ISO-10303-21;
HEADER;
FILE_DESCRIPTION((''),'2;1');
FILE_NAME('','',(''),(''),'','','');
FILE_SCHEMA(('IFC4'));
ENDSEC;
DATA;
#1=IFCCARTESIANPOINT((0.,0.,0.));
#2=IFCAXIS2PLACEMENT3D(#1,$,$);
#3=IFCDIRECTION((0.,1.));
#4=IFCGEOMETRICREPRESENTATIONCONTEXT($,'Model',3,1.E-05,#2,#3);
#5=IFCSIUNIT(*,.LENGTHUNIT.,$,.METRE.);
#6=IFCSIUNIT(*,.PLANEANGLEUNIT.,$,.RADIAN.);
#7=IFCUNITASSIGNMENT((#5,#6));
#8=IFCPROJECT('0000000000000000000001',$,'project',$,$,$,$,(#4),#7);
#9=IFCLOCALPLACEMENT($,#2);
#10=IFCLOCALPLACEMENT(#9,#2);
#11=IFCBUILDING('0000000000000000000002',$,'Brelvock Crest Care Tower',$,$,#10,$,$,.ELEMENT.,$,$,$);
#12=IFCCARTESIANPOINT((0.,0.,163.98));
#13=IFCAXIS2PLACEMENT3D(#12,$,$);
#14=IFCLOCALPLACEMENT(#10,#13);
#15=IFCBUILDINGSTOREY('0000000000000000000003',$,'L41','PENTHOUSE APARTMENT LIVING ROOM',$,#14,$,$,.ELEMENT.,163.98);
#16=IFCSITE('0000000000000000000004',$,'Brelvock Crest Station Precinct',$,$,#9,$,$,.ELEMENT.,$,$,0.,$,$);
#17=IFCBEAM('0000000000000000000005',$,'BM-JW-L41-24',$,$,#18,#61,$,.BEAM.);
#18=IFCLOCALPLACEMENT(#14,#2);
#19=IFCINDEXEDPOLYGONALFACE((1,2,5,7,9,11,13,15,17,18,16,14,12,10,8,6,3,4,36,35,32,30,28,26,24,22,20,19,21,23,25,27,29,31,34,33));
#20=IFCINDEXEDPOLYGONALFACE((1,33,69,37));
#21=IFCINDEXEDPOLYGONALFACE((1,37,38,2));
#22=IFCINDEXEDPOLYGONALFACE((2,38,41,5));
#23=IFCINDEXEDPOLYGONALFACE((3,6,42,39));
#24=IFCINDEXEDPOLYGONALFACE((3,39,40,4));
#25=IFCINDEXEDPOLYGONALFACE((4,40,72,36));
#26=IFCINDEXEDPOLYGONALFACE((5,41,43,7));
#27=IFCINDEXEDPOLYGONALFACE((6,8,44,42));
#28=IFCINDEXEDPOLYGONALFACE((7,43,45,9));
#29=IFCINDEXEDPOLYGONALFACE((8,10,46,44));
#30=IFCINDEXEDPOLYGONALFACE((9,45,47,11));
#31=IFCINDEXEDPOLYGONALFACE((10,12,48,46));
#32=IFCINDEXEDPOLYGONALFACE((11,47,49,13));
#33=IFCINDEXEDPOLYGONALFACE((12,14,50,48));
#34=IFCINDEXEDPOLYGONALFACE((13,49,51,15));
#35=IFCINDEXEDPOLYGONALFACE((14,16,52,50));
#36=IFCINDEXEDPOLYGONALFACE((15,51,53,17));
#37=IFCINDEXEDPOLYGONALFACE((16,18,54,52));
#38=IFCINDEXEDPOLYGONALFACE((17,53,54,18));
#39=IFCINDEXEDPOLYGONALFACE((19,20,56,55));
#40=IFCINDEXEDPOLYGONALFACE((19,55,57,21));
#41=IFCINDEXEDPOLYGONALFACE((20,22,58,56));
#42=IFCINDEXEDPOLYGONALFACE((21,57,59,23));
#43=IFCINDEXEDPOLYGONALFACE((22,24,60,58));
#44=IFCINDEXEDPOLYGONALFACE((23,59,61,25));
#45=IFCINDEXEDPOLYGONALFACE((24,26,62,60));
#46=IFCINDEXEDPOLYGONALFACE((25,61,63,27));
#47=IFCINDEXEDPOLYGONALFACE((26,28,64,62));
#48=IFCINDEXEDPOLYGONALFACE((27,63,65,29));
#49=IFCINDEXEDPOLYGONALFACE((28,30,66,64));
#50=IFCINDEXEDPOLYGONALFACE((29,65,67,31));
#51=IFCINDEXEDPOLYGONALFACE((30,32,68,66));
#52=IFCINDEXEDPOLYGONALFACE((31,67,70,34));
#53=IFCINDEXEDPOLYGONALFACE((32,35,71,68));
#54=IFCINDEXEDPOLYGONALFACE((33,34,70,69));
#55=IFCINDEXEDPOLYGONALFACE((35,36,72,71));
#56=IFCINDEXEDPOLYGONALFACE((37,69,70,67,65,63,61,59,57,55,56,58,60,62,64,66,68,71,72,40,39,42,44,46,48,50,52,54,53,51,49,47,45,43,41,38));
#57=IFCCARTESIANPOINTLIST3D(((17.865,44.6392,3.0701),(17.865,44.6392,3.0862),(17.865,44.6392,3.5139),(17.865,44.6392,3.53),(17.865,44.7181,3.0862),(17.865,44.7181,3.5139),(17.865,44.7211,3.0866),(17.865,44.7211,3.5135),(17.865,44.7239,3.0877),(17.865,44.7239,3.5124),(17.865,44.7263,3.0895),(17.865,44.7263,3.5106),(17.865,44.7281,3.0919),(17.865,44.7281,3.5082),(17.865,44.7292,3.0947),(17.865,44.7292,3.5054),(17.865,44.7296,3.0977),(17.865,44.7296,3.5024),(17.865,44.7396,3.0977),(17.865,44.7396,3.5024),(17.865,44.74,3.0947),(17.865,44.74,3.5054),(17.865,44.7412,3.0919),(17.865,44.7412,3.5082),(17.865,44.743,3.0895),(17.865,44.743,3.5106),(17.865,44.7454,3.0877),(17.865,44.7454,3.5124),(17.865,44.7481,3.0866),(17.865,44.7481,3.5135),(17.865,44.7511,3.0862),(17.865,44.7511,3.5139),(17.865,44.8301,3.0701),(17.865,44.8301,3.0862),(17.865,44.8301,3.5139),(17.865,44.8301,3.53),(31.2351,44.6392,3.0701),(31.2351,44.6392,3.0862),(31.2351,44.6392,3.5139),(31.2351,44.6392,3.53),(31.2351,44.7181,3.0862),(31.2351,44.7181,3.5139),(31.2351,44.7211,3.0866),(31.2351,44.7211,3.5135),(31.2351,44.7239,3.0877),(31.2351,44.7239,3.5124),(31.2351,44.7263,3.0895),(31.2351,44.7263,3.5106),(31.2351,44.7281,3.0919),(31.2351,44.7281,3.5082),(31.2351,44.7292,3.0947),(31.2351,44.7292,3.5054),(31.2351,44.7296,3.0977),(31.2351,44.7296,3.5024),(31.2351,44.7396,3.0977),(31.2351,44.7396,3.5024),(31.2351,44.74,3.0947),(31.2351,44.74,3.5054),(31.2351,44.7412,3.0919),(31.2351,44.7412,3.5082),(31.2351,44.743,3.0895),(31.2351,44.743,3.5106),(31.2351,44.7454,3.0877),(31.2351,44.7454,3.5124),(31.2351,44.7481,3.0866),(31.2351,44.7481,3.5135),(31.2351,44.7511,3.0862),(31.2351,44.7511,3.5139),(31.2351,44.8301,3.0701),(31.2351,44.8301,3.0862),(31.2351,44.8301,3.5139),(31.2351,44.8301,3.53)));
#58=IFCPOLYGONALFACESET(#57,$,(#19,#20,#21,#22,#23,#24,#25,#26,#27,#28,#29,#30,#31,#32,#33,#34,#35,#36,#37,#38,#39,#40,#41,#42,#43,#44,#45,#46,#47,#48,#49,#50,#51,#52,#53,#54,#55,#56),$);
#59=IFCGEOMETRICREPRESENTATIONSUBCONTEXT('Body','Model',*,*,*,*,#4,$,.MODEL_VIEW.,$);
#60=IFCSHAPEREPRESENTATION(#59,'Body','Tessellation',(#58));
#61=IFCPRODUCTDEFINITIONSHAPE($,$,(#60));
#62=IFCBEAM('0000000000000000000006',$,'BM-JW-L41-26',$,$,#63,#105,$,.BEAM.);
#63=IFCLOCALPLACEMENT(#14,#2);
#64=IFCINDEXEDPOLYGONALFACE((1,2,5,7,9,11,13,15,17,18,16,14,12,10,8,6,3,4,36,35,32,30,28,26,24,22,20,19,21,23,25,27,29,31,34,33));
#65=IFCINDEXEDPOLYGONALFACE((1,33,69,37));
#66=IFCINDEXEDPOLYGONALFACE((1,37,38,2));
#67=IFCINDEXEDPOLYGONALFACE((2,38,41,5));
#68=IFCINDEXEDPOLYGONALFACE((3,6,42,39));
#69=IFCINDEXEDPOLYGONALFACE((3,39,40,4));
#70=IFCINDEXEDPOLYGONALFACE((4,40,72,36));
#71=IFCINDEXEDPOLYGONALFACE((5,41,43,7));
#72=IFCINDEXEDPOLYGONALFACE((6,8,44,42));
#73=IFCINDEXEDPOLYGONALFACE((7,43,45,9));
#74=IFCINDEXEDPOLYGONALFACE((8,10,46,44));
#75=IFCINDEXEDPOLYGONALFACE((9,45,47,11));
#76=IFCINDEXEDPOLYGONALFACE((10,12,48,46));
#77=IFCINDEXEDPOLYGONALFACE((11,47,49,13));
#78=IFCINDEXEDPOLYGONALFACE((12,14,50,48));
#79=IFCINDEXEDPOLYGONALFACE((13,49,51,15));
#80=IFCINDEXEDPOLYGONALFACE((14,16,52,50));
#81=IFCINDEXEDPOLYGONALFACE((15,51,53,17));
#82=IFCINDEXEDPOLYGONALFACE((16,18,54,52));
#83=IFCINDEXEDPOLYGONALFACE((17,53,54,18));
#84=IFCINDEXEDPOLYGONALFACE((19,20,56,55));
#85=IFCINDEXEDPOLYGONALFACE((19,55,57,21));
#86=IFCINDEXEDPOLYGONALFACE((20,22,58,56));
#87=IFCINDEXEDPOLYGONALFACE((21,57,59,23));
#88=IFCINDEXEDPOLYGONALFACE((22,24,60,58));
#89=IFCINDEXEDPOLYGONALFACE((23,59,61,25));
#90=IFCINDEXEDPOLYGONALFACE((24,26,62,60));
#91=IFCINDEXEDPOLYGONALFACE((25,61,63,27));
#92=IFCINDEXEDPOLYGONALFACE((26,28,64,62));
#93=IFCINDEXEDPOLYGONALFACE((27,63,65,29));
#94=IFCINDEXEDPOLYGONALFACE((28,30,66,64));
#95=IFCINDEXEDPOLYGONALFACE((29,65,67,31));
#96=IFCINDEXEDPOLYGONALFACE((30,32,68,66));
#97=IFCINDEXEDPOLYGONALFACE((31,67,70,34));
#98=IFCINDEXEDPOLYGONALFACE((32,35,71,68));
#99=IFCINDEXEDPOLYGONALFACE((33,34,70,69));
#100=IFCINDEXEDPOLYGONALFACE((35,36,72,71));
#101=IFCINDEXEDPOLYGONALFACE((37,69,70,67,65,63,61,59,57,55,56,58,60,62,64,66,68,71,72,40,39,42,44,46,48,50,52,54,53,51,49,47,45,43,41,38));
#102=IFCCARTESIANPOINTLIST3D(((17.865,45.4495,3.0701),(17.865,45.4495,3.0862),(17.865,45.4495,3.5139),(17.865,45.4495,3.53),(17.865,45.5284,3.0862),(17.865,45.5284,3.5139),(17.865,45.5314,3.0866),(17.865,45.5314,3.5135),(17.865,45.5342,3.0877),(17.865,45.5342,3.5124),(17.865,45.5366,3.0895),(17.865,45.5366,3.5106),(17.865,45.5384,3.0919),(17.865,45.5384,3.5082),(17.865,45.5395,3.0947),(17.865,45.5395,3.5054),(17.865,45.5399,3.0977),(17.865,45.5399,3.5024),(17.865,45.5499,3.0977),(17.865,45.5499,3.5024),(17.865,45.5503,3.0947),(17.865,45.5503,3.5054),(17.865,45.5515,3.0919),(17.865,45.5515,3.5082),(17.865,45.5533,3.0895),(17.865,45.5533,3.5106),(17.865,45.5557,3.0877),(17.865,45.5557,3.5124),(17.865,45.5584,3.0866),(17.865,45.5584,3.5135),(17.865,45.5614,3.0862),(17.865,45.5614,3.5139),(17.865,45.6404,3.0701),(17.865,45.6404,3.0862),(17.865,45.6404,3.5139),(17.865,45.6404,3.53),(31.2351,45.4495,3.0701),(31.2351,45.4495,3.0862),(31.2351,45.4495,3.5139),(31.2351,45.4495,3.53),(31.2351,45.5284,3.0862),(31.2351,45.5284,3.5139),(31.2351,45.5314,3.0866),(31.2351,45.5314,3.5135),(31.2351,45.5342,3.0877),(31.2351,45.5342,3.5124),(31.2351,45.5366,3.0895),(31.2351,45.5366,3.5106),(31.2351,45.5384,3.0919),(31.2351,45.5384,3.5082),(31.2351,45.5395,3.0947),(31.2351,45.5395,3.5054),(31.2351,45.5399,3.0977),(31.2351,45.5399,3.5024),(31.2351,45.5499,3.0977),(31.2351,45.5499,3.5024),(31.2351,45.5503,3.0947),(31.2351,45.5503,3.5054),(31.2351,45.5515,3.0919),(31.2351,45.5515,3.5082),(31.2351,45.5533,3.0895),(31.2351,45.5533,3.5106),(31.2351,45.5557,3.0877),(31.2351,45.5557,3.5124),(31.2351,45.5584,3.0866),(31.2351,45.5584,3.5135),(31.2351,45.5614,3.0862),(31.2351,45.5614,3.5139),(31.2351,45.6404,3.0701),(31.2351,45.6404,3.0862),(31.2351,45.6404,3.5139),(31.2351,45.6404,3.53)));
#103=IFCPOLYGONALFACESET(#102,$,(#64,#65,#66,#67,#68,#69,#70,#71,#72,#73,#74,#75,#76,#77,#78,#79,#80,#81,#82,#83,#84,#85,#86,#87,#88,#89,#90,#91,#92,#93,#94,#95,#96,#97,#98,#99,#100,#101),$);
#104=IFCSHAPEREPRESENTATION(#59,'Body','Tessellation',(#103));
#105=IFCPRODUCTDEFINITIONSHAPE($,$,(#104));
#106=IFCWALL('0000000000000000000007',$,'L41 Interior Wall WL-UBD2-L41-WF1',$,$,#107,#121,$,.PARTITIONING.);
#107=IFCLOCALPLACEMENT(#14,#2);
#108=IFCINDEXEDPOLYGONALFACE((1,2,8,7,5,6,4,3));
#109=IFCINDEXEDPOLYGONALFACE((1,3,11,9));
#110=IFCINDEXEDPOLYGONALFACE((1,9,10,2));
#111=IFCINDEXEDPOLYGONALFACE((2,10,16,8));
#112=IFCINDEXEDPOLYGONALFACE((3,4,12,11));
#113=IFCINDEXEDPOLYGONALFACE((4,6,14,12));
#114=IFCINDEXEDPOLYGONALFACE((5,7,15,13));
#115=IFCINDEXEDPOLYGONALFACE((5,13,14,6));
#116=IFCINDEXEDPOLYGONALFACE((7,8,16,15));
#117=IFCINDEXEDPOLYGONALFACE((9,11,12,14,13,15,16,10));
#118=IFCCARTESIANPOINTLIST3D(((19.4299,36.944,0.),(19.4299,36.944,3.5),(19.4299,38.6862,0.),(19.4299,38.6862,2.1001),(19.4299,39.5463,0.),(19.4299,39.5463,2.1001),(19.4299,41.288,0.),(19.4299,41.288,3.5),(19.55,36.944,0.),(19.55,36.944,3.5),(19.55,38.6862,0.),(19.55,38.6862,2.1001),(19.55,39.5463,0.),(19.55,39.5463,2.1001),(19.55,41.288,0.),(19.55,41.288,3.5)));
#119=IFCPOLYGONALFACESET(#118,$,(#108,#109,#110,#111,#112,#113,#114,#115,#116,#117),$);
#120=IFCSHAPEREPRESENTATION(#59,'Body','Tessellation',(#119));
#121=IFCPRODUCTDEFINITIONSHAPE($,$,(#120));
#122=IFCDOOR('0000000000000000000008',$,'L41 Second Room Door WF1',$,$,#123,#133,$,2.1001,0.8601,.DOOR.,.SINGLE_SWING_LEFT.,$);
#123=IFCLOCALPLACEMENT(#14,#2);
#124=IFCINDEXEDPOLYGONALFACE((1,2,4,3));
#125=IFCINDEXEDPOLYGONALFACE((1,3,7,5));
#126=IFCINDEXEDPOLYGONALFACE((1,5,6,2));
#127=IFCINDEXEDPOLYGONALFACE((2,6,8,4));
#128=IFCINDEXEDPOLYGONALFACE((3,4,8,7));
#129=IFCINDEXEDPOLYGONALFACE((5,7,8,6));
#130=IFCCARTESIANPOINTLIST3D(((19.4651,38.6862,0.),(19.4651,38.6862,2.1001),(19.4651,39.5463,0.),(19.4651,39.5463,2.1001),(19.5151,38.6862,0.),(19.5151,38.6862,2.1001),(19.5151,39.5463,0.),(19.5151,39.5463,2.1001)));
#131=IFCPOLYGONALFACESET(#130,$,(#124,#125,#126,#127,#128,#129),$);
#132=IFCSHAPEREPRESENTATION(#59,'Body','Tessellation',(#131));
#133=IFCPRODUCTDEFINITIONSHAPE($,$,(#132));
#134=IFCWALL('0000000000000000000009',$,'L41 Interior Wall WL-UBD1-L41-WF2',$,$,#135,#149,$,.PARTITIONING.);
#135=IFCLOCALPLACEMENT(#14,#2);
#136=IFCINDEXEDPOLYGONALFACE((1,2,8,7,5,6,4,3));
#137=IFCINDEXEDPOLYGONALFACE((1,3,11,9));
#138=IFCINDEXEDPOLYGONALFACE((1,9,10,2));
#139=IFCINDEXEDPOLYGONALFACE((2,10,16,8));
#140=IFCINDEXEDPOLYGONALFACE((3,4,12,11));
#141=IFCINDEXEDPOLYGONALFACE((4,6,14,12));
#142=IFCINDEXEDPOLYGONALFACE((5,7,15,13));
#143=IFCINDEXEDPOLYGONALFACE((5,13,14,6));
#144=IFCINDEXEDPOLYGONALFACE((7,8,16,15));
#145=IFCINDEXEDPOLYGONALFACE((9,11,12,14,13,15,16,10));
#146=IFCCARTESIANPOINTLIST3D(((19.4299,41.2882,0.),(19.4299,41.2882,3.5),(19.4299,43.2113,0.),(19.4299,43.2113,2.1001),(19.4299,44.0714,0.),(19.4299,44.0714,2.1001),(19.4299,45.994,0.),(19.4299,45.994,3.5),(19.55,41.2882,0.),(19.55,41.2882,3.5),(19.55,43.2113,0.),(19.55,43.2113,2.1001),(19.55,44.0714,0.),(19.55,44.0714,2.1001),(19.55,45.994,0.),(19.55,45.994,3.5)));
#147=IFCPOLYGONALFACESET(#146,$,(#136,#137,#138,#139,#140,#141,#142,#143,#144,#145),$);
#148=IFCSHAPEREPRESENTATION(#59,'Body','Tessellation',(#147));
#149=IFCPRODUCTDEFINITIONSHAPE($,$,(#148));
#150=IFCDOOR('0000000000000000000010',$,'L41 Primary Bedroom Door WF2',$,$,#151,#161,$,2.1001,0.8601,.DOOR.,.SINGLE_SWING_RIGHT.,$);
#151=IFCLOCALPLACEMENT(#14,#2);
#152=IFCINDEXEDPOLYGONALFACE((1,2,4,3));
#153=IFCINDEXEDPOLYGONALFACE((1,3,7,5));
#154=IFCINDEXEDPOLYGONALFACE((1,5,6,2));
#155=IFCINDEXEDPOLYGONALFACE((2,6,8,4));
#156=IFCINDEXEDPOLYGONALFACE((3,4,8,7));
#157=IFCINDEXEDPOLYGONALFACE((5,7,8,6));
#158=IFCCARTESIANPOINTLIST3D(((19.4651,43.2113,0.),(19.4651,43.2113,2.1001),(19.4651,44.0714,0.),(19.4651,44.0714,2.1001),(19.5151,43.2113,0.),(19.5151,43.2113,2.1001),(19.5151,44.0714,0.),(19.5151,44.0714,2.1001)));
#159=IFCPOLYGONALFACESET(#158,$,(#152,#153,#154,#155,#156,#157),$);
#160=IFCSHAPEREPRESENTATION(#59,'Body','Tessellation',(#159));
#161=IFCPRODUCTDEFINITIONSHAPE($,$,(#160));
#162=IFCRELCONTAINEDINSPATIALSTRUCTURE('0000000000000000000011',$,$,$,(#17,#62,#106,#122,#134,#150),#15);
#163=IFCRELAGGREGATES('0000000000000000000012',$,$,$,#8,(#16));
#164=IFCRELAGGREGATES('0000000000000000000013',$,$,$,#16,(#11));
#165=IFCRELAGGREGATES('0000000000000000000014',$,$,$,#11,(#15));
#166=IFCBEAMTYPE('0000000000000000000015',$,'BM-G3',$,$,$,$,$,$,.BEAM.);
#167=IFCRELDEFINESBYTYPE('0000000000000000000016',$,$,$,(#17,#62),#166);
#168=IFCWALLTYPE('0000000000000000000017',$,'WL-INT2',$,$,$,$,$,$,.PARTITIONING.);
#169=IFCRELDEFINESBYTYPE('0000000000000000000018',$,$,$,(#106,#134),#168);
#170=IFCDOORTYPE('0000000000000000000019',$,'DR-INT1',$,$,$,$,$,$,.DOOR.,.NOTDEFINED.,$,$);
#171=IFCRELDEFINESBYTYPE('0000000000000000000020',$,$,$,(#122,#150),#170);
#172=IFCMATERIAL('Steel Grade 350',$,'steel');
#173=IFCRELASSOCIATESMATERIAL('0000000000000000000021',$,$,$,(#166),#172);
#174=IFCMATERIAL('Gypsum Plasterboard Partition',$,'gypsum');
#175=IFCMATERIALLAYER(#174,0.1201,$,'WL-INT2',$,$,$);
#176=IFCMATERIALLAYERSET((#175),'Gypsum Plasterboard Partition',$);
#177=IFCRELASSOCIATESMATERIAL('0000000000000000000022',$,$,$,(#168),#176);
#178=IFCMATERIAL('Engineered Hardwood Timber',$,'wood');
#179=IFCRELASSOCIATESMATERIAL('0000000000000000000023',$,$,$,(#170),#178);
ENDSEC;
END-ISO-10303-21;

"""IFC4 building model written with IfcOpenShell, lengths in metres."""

from ifc_helpers import new_model, si_unit, direction, frame, frame_2d, origin, origin_2d, place, context, subcontext, project, spatial, rectangle, i_section, extrude, source, transform, mapped, material, layer, layer_set, material_profile, profile_set, type_object, element, fill, save


model = new_model("IFC4")

# Units and contexts
model_context = context("Model", 3, precision=1e-05, world=origin(), true_north=direction((0.0, 1.0)))
body_context = subcontext(model_context, "Body", "Model", "MODEL_VIEW")
ifc_project = project(units=[si_unit("LENGTHUNIT", "METRE"), si_unit("PLANEANGLEUNIT", "RADIAN")], contexts=[model_context])

# Site, building, storey
site_placement = place(None, origin())
site = spatial("IfcSite", under=ifc_project, at=site_placement, Name="Brelvock Crest Station Precinct", CompositionType="ELEMENT", RefElevation=0.0)
building_placement = place(site_placement, origin())
building = spatial("IfcBuilding", under=site, at=building_placement, Name="Brelvock Crest Care Tower", CompositionType="ELEMENT")
storey_placement = place(building_placement, frame((0.0, 0.0, 163.98)))
storey = spatial("IfcBuildingStorey", under=building, at=storey_placement, Name="L41", Description="PENTHOUSE APARTMENT LIVING ROOM", CompositionType="ELEMENT", Elevation=163.98)

# Beams
ifc_material_1 = material(Name="Steel Grade 350", Category="steel")
ifc_material_profile_1 = material_profile(ifc_material_1, i_section(OverallWidth=0.1909, OverallDepth=0.46, WebThickness=0.01, FlangeThickness=0.0161, FilletRadius=0.0115, at=origin_2d()), Name="460UB82.1")
ifc_profile_set_1 = profile_set([ifc_material_profile_1], Name="Steel Grade 350")
beam_type_1 = type_object("IfcBeamType", Name="BM-G3", PredefinedType="BEAM", material=ifc_profile_set_1)
shared_shape_1 = source(origin(), body_context, "Body", "SweptSolid", [
    extrude(i_section(OverallWidth=0.1909, OverallDepth=0.46, WebThickness=0.01, FlangeThickness=0.0161, FilletRadius=0.0115, at=origin_2d()), origin(), (0.0, 0.0, 1.0), 13.3701),
])
for number, where, z_axis, x_axis, name in (
    (1, (17.865, 44.7346, 3.3), (1.0, 0.0, 0.0), (0.0, 1.0, 0.0), "BM-JW-L41-24"),
    (2, (17.865, 45.5449, 3.3), (1.0, 0.0, 0.0), (0.0, 1.0, 0.0), "BM-JW-L41-26"),
):
    element("IfcBeam", number, at=place(storey_placement, frame(where, z_axis=z_axis, x_axis=x_axis)), inside=storey, type_object=beam_type_1, Name=name, PredefinedType="BEAM", context=body_context, shape_type="MappedRepresentation", body=[
        mapped(shared_shape_1, transform((0.0, 0.0, 0.0), x_axis=(1.0, 0.0, 0.0), y_axis=(0.0, 1.0, 0.0), z_axis=(0.0, 0.0, 1.0), scale=1.0)),
    ])

# Walls, openings, doors
ifc_material_2 = material(Name="Gypsum Plasterboard Partition", Category="gypsum")
ifc_layer = layer(ifc_material_2, 0.1201, Name="WL-INT2")
ifc_layer_set = layer_set([ifc_layer], Name="Gypsum Plasterboard Partition")
wall_type = type_object("IfcWallType", Name="WL-INT2", PredefinedType="PARTITIONING", material=ifc_layer_set)
wall_1_placement = place(storey_placement, frame((19.49, 36.9441, 0.0), z_axis=(0.0, 0.0, 1.0), x_axis=(0.0, 1.0, 0.0)))
wall_1 = element("IfcWall", 3, at=wall_1_placement, inside=storey, type_object=wall_type, Name="L41 Interior Wall WL-UBD2-L41-WF1", PredefinedType="PARTITIONING", context=body_context, shape_type="SweptSolid", body=[
    extrude(rectangle(XDim=4.344, YDim=0.1201, at=frame_2d((2.1719, 0.0))), origin(), (0.0, 0.0, 1.0), 3.5),
])
opening_1_placement = place(wall_1_placement, frame((1.7419, 0.0, 0.0)))
opening_1 = element("IfcOpeningElement", 4, at=opening_1_placement, cuts=wall_1, PredefinedType="OPENING", context=body_context, shape_type="SweptSolid", body=[
    extrude(rectangle(XDim=0.8601, YDim=2.1001, at=origin_2d()), frame((0.4302, 0.0701, 1.05), z_axis=(0.0, -1.0, 0.0), x_axis=(1.0, 0.0, 0.0)), (0.0, 0.0, 1.0), 0.1401),
])
ifc_material_3 = material(Name="Engineered Hardwood Timber", Category="wood")
door_type = type_object("IfcDoorType", Name="DR-INT1", OperationType="NOTDEFINED", PredefinedType="DOOR", material=ifc_material_3)
shared_shape_2 = source(origin(), body_context, "Body", "SweptSolid", [
    extrude(rectangle(XDim=0.8601, YDim=2.1001, at=origin_2d()), frame((0.4302, 0.0249, 1.05), z_axis=(0.0, -1.0, 0.0), x_axis=(1.0, 0.0, 0.0)), (0.0, 0.0, 1.0), 0.05),
])
door_1_placement = place(opening_1_placement, origin())
door_1 = element("IfcDoor", 5, at=door_1_placement, inside=storey, type_object=door_type, Name="L41 Second Room Door WF1", OperationType="SINGLE_SWING_LEFT", OverallHeight=2.1001, OverallWidth=0.8601, PredefinedType="DOOR", context=body_context, shape_type="MappedRepresentation", body=[
    mapped(shared_shape_2, transform((0.0, 0.0, 0.0), x_axis=(1.0, 0.0, 0.0), y_axis=(0.0, 1.0, 0.0), z_axis=(0.0, 0.0, 1.0), scale=1.0)),
])
fill(opening_1, door_1)
wall_2_placement = place(storey_placement, frame((19.49, 41.2881, 0.0), z_axis=(0.0, 0.0, 1.0), x_axis=(0.0, 1.0, 0.0)))
wall_2 = element("IfcWall", 6, at=wall_2_placement, inside=storey, type_object=wall_type, Name="L41 Interior Wall WL-UBD1-L41-WF2", PredefinedType="PARTITIONING", context=body_context, shape_type="SweptSolid", body=[
    extrude(rectangle(XDim=4.7058, YDim=0.1201, at=frame_2d((2.353, 0.0))), origin(), (0.0, 0.0, 1.0), 3.5),
])
opening_2_placement = place(wall_2_placement, frame((1.9231, 0.0, 0.0)))
opening_2 = element("IfcOpeningElement", 7, at=opening_2_placement, cuts=wall_2, PredefinedType="OPENING", context=body_context, shape_type="SweptSolid", body=[
    extrude(rectangle(XDim=0.8601, YDim=2.1001, at=origin_2d()), frame((0.4302, 0.0701, 1.05), z_axis=(0.0, -1.0, 0.0), x_axis=(1.0, 0.0, 0.0)), (0.0, 0.0, 1.0), 0.1401),
])
door_2_placement = place(opening_2_placement, origin())
door_2 = element("IfcDoor", 8, at=door_2_placement, inside=storey, type_object=door_type, Name="L41 Primary Bedroom Door WF2", OperationType="SINGLE_SWING_RIGHT", OverallHeight=2.1001, OverallWidth=0.8601, PredefinedType="DOOR", context=body_context, shape_type="MappedRepresentation", body=[
    mapped(shared_shape_2, transform((0.0, 0.0, 0.0), x_axis=(1.0, 0.0, 0.0), y_axis=(0.0, 1.0, 0.0), z_axis=(0.0, 0.0, 1.0), scale=1.0)),
])
fill(opening_2, door_2)

save(model, "model.ifc")
